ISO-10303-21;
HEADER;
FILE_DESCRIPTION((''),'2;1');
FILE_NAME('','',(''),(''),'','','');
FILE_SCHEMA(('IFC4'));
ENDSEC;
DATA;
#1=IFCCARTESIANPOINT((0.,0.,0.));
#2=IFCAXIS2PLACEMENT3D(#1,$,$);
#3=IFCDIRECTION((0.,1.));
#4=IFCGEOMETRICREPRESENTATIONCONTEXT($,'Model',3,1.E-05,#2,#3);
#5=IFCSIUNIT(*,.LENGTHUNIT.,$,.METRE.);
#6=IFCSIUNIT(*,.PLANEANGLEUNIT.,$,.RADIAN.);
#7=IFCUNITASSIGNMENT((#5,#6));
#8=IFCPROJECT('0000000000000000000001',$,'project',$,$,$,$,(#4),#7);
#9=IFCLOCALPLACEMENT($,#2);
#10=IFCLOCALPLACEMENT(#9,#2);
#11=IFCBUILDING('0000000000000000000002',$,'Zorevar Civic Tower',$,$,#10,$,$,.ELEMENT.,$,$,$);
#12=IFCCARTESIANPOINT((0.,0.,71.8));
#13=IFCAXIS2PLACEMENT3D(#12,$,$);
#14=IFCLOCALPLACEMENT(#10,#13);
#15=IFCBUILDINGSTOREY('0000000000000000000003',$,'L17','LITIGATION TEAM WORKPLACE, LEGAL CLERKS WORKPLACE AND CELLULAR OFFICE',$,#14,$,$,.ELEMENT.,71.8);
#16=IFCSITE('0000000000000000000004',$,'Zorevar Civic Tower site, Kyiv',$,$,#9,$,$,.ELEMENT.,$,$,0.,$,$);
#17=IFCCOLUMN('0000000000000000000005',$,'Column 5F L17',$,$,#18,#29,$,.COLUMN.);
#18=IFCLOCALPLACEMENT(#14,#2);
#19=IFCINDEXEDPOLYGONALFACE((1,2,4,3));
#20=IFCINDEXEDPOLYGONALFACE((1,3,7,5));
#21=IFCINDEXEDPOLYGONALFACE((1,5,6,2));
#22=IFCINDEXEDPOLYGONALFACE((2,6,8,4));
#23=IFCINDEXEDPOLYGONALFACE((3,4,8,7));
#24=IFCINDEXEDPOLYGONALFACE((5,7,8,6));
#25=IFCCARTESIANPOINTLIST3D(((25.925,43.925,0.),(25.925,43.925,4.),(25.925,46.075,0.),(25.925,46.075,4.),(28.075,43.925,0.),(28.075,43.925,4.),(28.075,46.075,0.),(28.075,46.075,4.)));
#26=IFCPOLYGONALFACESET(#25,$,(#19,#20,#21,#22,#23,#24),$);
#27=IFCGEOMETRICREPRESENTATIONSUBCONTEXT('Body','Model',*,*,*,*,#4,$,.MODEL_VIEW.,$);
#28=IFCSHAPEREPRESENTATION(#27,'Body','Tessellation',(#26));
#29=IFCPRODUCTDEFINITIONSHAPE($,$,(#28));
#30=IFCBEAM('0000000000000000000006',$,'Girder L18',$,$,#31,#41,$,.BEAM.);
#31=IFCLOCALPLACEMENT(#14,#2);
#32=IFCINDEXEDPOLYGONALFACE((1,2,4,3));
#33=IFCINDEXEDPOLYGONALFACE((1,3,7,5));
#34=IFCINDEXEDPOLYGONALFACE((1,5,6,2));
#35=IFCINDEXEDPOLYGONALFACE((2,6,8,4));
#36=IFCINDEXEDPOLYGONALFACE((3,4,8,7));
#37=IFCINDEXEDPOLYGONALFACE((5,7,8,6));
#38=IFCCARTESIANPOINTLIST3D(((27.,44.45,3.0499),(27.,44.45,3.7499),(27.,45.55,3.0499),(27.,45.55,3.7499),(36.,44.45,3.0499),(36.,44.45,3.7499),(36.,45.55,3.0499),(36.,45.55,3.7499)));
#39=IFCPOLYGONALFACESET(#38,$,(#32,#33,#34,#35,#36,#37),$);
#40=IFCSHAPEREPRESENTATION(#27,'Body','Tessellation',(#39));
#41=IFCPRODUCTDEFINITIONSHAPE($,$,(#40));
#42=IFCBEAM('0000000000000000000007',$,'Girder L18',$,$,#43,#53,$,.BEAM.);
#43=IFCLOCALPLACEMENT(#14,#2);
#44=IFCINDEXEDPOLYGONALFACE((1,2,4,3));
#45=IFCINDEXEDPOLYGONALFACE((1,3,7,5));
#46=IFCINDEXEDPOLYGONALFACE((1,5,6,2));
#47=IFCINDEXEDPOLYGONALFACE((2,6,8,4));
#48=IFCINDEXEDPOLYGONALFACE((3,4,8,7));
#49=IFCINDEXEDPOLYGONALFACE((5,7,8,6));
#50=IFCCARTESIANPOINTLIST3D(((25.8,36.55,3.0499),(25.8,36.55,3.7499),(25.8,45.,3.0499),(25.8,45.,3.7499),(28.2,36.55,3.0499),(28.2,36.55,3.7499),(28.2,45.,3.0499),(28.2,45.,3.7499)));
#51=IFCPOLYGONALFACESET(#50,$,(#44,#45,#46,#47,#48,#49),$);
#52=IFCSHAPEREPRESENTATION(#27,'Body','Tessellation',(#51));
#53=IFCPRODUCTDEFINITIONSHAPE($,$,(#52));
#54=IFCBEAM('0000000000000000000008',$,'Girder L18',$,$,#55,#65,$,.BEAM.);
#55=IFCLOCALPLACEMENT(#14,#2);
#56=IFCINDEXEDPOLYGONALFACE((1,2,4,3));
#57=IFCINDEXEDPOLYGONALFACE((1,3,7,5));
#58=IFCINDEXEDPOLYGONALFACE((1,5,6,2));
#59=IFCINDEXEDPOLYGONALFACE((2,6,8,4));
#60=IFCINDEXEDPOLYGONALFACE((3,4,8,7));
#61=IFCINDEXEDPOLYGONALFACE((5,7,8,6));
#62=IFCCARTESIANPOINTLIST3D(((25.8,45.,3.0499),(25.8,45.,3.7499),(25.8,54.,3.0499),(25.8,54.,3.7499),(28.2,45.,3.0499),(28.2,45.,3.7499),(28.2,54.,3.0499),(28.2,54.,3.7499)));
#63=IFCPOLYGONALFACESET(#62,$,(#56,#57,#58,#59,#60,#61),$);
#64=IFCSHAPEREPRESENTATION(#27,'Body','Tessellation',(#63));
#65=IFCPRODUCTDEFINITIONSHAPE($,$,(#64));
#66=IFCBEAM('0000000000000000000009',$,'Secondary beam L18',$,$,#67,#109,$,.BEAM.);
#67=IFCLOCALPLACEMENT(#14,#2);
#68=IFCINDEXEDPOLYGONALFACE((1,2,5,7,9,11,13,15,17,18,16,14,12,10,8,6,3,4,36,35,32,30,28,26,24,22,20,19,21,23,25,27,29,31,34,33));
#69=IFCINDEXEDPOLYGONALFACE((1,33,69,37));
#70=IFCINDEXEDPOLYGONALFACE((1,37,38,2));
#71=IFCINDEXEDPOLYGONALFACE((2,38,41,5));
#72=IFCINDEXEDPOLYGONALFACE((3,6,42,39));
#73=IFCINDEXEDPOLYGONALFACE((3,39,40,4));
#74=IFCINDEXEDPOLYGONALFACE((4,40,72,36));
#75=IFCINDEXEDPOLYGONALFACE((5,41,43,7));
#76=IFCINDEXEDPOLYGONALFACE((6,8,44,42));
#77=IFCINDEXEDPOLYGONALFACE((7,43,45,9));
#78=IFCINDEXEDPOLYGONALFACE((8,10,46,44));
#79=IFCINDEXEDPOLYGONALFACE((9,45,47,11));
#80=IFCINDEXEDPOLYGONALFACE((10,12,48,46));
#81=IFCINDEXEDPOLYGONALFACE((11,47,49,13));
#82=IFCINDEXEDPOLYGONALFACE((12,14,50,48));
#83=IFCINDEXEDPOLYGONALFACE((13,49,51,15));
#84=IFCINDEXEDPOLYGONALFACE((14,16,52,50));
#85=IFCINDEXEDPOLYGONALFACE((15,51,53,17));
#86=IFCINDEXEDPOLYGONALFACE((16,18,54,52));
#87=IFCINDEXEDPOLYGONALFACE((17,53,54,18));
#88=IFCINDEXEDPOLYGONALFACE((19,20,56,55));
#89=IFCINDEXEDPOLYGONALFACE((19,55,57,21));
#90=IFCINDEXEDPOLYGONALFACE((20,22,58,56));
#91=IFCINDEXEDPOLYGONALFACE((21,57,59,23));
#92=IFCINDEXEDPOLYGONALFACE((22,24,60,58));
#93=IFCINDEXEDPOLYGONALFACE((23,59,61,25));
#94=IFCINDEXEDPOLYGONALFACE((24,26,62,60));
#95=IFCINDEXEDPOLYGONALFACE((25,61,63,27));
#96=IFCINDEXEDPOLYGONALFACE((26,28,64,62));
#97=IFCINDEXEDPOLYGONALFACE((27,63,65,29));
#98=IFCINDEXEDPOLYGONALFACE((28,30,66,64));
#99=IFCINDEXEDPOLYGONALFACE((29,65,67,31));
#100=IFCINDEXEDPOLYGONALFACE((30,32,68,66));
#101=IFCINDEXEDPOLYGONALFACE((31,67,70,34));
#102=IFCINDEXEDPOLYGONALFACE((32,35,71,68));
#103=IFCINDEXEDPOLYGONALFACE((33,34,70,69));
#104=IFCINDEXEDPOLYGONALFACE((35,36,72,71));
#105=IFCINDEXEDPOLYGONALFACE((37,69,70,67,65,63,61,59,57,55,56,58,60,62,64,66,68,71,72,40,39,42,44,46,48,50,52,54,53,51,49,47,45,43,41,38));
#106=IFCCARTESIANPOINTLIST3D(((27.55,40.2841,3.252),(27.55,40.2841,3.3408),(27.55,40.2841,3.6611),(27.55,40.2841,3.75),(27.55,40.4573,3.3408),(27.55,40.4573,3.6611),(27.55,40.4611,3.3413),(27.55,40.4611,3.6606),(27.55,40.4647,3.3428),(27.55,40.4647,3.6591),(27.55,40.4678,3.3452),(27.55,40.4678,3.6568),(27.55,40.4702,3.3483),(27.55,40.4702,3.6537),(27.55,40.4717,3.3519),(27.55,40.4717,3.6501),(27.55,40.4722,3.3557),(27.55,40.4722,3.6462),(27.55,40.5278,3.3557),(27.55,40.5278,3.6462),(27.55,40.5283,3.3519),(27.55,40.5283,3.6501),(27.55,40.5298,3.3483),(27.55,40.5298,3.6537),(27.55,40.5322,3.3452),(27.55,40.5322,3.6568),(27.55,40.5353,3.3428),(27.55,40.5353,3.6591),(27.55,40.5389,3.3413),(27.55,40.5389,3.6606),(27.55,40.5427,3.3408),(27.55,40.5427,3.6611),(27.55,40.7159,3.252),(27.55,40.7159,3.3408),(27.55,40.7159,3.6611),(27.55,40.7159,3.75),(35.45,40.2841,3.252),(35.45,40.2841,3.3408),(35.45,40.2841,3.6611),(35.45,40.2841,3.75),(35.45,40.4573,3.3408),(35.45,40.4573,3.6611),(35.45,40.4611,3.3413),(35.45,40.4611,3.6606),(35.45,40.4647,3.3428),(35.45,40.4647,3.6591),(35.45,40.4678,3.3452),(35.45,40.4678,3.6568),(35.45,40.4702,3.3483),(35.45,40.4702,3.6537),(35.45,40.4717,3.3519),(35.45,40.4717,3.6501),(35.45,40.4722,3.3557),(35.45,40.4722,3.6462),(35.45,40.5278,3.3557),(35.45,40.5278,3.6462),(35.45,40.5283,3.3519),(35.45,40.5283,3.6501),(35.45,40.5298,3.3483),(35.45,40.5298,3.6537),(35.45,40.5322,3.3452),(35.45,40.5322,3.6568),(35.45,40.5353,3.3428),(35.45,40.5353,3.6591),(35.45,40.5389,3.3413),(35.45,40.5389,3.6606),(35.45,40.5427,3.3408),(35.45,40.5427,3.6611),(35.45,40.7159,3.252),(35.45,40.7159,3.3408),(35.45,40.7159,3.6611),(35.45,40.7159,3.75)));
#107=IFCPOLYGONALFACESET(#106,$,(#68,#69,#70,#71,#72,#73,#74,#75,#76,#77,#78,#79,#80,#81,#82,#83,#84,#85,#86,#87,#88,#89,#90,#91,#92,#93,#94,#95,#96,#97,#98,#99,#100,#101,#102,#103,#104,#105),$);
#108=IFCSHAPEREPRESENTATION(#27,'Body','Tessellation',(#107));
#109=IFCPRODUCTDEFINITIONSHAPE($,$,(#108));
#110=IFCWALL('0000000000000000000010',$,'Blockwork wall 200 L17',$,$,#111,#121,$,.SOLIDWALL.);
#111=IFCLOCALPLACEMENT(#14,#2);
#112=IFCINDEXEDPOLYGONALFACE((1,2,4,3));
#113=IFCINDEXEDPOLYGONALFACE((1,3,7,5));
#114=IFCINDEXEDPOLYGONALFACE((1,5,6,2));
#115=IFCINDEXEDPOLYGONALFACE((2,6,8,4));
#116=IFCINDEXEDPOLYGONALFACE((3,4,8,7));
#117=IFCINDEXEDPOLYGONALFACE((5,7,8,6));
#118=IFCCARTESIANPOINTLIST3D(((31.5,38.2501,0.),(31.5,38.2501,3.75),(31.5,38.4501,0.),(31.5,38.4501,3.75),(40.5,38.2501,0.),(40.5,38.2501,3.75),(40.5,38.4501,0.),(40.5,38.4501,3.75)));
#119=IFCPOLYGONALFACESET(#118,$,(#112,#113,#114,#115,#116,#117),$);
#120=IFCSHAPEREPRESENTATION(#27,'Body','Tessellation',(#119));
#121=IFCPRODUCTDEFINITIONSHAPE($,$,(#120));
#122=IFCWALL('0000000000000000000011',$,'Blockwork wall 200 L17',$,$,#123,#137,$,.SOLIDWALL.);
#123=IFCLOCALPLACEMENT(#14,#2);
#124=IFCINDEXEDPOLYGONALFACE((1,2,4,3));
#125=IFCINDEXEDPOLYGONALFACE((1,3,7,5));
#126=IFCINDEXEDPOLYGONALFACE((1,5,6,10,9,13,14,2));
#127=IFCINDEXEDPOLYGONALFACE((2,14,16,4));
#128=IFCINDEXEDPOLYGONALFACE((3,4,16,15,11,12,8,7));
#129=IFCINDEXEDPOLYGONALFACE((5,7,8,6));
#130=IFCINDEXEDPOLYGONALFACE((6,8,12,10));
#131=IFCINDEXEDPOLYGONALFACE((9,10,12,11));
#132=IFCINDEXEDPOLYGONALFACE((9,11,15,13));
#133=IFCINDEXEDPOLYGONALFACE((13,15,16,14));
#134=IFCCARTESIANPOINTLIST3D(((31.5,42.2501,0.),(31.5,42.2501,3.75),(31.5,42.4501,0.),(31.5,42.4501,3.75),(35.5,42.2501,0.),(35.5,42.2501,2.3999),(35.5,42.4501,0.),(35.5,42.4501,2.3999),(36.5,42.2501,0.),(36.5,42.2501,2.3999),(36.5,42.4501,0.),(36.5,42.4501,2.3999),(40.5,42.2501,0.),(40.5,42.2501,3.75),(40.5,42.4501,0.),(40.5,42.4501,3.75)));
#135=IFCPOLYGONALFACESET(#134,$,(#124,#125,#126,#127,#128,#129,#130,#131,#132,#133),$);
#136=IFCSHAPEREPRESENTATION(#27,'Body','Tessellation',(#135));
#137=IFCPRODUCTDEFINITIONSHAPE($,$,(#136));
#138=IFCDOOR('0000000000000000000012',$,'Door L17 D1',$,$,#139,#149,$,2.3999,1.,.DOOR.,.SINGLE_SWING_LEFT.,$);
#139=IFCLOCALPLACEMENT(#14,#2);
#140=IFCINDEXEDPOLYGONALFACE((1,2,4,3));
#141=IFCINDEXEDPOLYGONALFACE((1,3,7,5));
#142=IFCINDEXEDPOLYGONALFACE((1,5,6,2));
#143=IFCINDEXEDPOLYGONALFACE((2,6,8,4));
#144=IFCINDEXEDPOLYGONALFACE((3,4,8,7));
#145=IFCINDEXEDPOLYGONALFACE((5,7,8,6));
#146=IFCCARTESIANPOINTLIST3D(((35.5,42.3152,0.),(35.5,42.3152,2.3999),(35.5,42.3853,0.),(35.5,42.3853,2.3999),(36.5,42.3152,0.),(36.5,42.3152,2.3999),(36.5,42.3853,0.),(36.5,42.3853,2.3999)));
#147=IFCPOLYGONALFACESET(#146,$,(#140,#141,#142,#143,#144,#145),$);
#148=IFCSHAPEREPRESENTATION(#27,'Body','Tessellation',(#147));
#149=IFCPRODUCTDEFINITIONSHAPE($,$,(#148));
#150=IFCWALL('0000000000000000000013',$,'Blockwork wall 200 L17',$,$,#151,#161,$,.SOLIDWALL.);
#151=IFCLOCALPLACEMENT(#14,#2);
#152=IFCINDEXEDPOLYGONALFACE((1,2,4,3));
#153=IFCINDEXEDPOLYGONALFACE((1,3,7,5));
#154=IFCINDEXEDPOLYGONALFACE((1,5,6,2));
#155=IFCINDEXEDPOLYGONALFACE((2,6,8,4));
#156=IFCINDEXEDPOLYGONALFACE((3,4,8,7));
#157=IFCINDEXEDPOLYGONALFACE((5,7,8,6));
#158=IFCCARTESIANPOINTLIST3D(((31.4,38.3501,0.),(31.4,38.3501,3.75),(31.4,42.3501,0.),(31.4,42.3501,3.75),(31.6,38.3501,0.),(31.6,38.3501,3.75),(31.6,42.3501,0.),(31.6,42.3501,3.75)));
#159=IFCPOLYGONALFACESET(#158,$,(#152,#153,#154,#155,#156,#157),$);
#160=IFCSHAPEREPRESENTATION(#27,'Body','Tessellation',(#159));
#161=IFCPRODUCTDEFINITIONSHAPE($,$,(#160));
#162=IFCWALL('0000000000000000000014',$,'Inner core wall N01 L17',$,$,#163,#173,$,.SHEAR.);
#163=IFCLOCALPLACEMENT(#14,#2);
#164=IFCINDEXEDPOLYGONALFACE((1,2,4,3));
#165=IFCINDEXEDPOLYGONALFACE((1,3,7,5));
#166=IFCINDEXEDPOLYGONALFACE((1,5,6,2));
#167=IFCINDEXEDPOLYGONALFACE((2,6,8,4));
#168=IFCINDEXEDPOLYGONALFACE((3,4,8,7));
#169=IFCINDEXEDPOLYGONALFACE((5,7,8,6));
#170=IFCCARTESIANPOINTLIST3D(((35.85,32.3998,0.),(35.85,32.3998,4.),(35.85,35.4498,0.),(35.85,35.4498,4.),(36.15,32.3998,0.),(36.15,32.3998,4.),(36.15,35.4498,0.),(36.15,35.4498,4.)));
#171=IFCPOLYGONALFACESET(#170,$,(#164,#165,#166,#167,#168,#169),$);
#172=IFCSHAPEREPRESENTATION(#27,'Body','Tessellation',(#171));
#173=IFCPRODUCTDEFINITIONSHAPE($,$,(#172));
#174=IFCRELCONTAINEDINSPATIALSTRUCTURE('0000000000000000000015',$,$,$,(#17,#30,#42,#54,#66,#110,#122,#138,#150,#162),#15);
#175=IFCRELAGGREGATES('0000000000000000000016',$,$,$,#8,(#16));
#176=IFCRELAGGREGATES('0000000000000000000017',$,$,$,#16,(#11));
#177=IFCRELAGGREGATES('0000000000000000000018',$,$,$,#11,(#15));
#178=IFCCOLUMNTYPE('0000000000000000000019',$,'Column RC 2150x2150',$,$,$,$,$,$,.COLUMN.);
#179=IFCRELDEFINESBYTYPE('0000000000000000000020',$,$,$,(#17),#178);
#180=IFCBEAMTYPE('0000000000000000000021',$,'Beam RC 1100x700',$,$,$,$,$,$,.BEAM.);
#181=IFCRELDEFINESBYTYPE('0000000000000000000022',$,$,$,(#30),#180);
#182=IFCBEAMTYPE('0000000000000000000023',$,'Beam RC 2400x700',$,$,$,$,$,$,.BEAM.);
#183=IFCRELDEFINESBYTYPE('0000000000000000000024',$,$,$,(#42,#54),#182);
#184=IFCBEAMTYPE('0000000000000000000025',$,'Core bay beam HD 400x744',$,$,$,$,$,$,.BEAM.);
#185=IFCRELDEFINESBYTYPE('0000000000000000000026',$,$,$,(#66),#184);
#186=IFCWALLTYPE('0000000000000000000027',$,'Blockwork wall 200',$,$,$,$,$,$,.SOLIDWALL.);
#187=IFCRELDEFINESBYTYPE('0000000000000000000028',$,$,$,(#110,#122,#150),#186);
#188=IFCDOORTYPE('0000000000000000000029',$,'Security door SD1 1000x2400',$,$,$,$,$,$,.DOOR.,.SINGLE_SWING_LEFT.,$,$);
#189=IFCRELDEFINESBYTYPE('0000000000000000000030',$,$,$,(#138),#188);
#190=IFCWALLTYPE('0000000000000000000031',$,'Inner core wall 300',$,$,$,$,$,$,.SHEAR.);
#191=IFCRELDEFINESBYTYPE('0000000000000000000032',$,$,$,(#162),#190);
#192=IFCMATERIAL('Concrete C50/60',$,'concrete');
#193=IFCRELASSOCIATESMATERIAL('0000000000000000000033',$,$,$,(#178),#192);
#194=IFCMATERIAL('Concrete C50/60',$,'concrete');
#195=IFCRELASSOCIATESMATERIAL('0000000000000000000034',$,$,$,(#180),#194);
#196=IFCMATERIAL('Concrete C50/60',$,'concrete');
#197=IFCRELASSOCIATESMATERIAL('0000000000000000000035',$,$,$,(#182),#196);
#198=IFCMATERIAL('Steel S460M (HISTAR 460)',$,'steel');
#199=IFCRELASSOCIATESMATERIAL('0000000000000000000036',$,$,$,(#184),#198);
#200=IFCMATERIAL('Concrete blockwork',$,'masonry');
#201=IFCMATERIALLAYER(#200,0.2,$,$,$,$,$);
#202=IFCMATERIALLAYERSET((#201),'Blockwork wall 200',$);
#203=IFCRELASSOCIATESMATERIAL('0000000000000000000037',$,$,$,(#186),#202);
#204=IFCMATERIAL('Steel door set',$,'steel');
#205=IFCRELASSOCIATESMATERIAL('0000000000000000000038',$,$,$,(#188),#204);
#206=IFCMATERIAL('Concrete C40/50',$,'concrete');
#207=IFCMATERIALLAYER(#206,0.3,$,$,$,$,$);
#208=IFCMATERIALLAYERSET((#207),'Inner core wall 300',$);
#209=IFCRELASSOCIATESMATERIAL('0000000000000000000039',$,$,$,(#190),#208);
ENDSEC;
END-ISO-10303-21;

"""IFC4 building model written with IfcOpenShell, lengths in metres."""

from ifc_helpers import new_model, si_unit, direction, frame, frame_2d, origin, origin_2d, place, context, subcontext, project, spatial, rectangle, i_section, extrude, material, layer, layer_set, material_profile, profile_set, type_object, element, fill, save


model = new_model("IFC4")

# Units and contexts
model_context = context("Model", 3, precision=1e-05, world=origin(), true_north=direction((0.0, 1.0)))
body_context = subcontext(model_context, "Body", "Model", "MODEL_VIEW")
ifc_project = project(units=[si_unit("LENGTHUNIT", "METRE"), si_unit("PLANEANGLEUNIT", "RADIAN")], contexts=[model_context])

# Site, building, storey
site_placement = place(None, origin())
site = spatial("IfcSite", under=ifc_project, at=site_placement, Name="Zorevar Civic Tower site, Kyiv", CompositionType="ELEMENT", RefElevation=0.0)
building_placement = place(site_placement, origin())
building = spatial("IfcBuilding", under=site, at=building_placement, Name="Zorevar Civic Tower", CompositionType="ELEMENT")
storey_placement = place(building_placement, frame((0.0, 0.0, 71.8)))
storey = spatial("IfcBuildingStorey", under=building, at=storey_placement, Name="L17", Description="LITIGATION TEAM WORKPLACE, LEGAL CLERKS WORKPLACE AND CELLULAR OFFICE", CompositionType="ELEMENT", Elevation=71.8)

# Column
ifc_material_1 = material(Name="Concrete C50/60", Category="concrete")
ifc_material_profile_1 = material_profile(ifc_material_1, rectangle(XDim=2.1499, YDim=2.1499, at=origin_2d()), Name="RC 2150x2150")
ifc_profile_set_1 = profile_set([ifc_material_profile_1], Name="Concrete C50/60")
column_type = type_object("IfcColumnType", Name="Column RC 2150x2150", PredefinedType="COLUMN", material=ifc_profile_set_1)
column_placement = place(storey_placement, frame((27.0, 45.0, 0.0), z_axis=(0.0, 0.0, 1.0), x_axis=(1.0, 0.0, 0.0)))
element("IfcColumn", 1, at=column_placement, inside=storey, type_object=column_type, Name="Column 5F L17", PredefinedType="COLUMN", context=body_context, shape_type="SweptSolid", body=[
    extrude(rectangle(XDim=2.1499, YDim=2.1499, at=origin_2d()), origin(), (0.0, 0.0, 1.0), 4.0),
])

# Beams
ifc_material_2 = material(Name="Concrete C50/60", Category="concrete")
ifc_material_profile_2 = material_profile(ifc_material_2, rectangle(XDim=1.1001, YDim=0.7, at=origin_2d()), Name="RC 1100x700")
ifc_profile_set_2 = profile_set([ifc_material_profile_2], Name="Concrete C50/60")
beam_type_1 = type_object("IfcBeamType", Name="Beam RC 1100x700", PredefinedType="BEAM", material=ifc_profile_set_2)
beam_1_placement = place(storey_placement, frame((27.0, 45.0, 3.3999), z_axis=(1.0, 0.0, 0.0), x_axis=(0.0, 1.0, 0.0)))
element("IfcBeam", 2, at=beam_1_placement, inside=storey, type_object=beam_type_1, Name="Girder L18", PredefinedType="BEAM", context=body_context, shape_type="SweptSolid", body=[
    extrude(rectangle(XDim=1.1001, YDim=0.7, at=origin_2d()), origin(), (0.0, 0.0, 1.0), 9.0),
])
ifc_material_3 = material(Name="Concrete C50/60", Category="concrete")
ifc_material_profile_3 = material_profile(ifc_material_3, rectangle(XDim=2.3999, YDim=0.7, at=origin_2d()), Name="RC 2400x700")
ifc_profile_set_3 = profile_set([ifc_material_profile_3], Name="Concrete C50/60")
beam_type_2 = type_object("IfcBeamType", Name="Beam RC 2400x700", PredefinedType="BEAM", material=ifc_profile_set_3)
beam_2_placement = place(storey_placement, frame((27.0, 36.55, 3.3999), z_axis=(0.0, 1.0, 0.0), x_axis=(-1.0, 0.0, 0.0)))
element("IfcBeam", 3, at=beam_2_placement, inside=storey, type_object=beam_type_2, Name="Girder L18", PredefinedType="BEAM", context=body_context, shape_type="SweptSolid", body=[
    extrude(rectangle(XDim=2.3999, YDim=0.7, at=origin_2d()), origin(), (0.0, 0.0, 1.0), 8.45),
])
beam_3_placement = place(storey_placement, frame((27.0, 45.0, 3.3999), z_axis=(0.0, 1.0, 0.0), x_axis=(-1.0, 0.0, 0.0)))
element("IfcBeam", 4, at=beam_3_placement, inside=storey, type_object=beam_type_2, Name="Girder L18", PredefinedType="BEAM", context=body_context, shape_type="SweptSolid", body=[
    extrude(rectangle(XDim=2.3999, YDim=0.7, at=origin_2d()), origin(), (0.0, 0.0, 1.0), 9.0),
])
ifc_material_4 = material(Name="Steel S460M (HISTAR 460)", Category="steel")
ifc_material_profile_4 = material_profile(ifc_material_4, i_section(OverallWidth=0.4319, OverallDepth=0.498, WebThickness=0.0557, FlangeThickness=0.0889, FilletRadius=0.0149, at=origin_2d()), Name="HD 400x744")
ifc_profile_set_4 = profile_set([ifc_material_profile_4], Name="Steel S460M (HISTAR 460)")
beam_type_3 = type_object("IfcBeamType", Name="Core bay beam HD 400x744", PredefinedType="BEAM", material=ifc_profile_set_4)
beam_4_placement = place(storey_placement, frame((27.55, 40.5, 3.501), z_axis=(1.0, 0.0, 0.0), x_axis=(0.0, 1.0, 0.0)))
element("IfcBeam", 5, at=beam_4_placement, inside=storey, type_object=beam_type_3, Name="Secondary beam L18", PredefinedType="BEAM", context=body_context, shape_type="SweptSolid", body=[
    extrude(i_section(OverallWidth=0.4319, OverallDepth=0.498, WebThickness=0.0557, FlangeThickness=0.0889, FilletRadius=0.0149, at=origin_2d()), origin(), (0.0, 0.0, 1.0), 7.8999),
])

# Wall
ifc_material_5 = material(Name="Concrete blockwork", Category="masonry")
ifc_layer_1 = layer(ifc_material_5, 0.2)
ifc_layer_set_1 = layer_set([ifc_layer_1], Name="Blockwork wall 200")
wall_type_1 = type_object("IfcWallType", Name="Blockwork wall 200", PredefinedType="SOLIDWALL", material=ifc_layer_set_1)
wall_1_placement = place(storey_placement, frame((31.5, 38.3501, 0.0), z_axis=(0.0, 0.0, 1.0), x_axis=(1.0, 0.0, 0.0)))
element("IfcWall", 6, at=wall_1_placement, inside=storey, type_object=wall_type_1, Name="Blockwork wall 200 L17", PredefinedType="SOLIDWALL", context=body_context, shape_type="SweptSolid", body=[
    extrude(rectangle(XDim=9.0, YDim=0.2, at=frame_2d((4.5, 0.0))), origin(), (0.0, 0.0, 1.0), 3.75),
])

# Wall, opening, door
wall_2_placement = place(storey_placement, frame((31.5, 42.3501, 0.0), z_axis=(0.0, 0.0, 1.0), x_axis=(1.0, 0.0, 0.0)))
wall_2 = element("IfcWall", 7, at=wall_2_placement, inside=storey, type_object=wall_type_1, Name="Blockwork wall 200 L17", PredefinedType="SOLIDWALL", context=body_context, shape_type="SweptSolid", body=[
    extrude(rectangle(XDim=9.0, YDim=0.2, at=frame_2d((4.5, 0.0))), origin(), (0.0, 0.0, 1.0), 3.75),
])
opening_placement = place(wall_2_placement, frame((4.0, 0.0, 0.0)))
opening = element("IfcOpeningElement", 8, at=opening_placement, cuts=wall_2, PredefinedType="OPENING", context=body_context, shape_type="SweptSolid", body=[
    extrude(rectangle(XDim=1.0, YDim=2.3999, at=frame_2d((0.5, 1.2))), frame((0.0, 0.1099, 0.0), z_axis=(0.0, -1.0, 0.0), x_axis=(1.0, 0.0, 0.0)), (0.0, 0.0, 1.0), 0.22),
])
ifc_material_6 = material(Name="Steel door set", Category="steel")
door_type = type_object("IfcDoorType", Name="Security door SD1 1000x2400", OperationType="SINGLE_SWING_LEFT", PredefinedType="DOOR", material=ifc_material_6)
door_placement = place(opening_placement, origin())
door = element("IfcDoor", 9, at=door_placement, inside=storey, type_object=door_type, Name="Door L17 D1", OperationType="SINGLE_SWING_LEFT", OverallHeight=2.3999, OverallWidth=1.0, PredefinedType="DOOR", context=body_context, shape_type="SweptSolid", body=[
    extrude(rectangle(XDim=1.0, YDim=2.3999, at=frame_2d((0.5, 1.2))), frame((0.0, 0.0352, 0.0), z_axis=(0.0, -1.0, 0.0), x_axis=(1.0, 0.0, 0.0)), (0.0, 0.0, 1.0), 0.0701),
])
fill(opening, door)

# Walls
wall_3_placement = place(storey_placement, frame((31.5, 38.3501, 0.0), z_axis=(0.0, 0.0, 1.0), x_axis=(0.0, 1.0, 0.0)))
element("IfcWall", 10, at=wall_3_placement, inside=storey, type_object=wall_type_1, Name="Blockwork wall 200 L17", PredefinedType="SOLIDWALL", context=body_context, shape_type="SweptSolid", body=[
    extrude(rectangle(XDim=4.0, YDim=0.2, at=frame_2d((2.0, 0.0))), origin(), (0.0, 0.0, 1.0), 3.75),
])
ifc_material_7 = material(Name="Concrete C40/50", Category="concrete")
ifc_layer_2 = layer(ifc_material_7, 0.3)
ifc_layer_set_2 = layer_set([ifc_layer_2], Name="Inner core wall 300")
wall_type_2 = type_object("IfcWallType", Name="Inner core wall 300", PredefinedType="SHEAR", material=ifc_layer_set_2)
wall_4_placement = place(storey_placement, frame((36.0, 32.3999, 0.0), z_axis=(0.0, 0.0, 1.0), x_axis=(0.0, 1.0, 0.0)))
element("IfcWall", 11, at=wall_4_placement, inside=storey, type_object=wall_type_2, Name="Inner core wall N01 L17", PredefinedType="SHEAR", context=body_context, shape_type="SweptSolid", body=[
    extrude(rectangle(XDim=3.05, YDim=0.3, at=frame_2d((1.5249, 0.0))), origin(), (0.0, 0.0, 1.0), 4.0),
])

save(model, "model.ifc")
